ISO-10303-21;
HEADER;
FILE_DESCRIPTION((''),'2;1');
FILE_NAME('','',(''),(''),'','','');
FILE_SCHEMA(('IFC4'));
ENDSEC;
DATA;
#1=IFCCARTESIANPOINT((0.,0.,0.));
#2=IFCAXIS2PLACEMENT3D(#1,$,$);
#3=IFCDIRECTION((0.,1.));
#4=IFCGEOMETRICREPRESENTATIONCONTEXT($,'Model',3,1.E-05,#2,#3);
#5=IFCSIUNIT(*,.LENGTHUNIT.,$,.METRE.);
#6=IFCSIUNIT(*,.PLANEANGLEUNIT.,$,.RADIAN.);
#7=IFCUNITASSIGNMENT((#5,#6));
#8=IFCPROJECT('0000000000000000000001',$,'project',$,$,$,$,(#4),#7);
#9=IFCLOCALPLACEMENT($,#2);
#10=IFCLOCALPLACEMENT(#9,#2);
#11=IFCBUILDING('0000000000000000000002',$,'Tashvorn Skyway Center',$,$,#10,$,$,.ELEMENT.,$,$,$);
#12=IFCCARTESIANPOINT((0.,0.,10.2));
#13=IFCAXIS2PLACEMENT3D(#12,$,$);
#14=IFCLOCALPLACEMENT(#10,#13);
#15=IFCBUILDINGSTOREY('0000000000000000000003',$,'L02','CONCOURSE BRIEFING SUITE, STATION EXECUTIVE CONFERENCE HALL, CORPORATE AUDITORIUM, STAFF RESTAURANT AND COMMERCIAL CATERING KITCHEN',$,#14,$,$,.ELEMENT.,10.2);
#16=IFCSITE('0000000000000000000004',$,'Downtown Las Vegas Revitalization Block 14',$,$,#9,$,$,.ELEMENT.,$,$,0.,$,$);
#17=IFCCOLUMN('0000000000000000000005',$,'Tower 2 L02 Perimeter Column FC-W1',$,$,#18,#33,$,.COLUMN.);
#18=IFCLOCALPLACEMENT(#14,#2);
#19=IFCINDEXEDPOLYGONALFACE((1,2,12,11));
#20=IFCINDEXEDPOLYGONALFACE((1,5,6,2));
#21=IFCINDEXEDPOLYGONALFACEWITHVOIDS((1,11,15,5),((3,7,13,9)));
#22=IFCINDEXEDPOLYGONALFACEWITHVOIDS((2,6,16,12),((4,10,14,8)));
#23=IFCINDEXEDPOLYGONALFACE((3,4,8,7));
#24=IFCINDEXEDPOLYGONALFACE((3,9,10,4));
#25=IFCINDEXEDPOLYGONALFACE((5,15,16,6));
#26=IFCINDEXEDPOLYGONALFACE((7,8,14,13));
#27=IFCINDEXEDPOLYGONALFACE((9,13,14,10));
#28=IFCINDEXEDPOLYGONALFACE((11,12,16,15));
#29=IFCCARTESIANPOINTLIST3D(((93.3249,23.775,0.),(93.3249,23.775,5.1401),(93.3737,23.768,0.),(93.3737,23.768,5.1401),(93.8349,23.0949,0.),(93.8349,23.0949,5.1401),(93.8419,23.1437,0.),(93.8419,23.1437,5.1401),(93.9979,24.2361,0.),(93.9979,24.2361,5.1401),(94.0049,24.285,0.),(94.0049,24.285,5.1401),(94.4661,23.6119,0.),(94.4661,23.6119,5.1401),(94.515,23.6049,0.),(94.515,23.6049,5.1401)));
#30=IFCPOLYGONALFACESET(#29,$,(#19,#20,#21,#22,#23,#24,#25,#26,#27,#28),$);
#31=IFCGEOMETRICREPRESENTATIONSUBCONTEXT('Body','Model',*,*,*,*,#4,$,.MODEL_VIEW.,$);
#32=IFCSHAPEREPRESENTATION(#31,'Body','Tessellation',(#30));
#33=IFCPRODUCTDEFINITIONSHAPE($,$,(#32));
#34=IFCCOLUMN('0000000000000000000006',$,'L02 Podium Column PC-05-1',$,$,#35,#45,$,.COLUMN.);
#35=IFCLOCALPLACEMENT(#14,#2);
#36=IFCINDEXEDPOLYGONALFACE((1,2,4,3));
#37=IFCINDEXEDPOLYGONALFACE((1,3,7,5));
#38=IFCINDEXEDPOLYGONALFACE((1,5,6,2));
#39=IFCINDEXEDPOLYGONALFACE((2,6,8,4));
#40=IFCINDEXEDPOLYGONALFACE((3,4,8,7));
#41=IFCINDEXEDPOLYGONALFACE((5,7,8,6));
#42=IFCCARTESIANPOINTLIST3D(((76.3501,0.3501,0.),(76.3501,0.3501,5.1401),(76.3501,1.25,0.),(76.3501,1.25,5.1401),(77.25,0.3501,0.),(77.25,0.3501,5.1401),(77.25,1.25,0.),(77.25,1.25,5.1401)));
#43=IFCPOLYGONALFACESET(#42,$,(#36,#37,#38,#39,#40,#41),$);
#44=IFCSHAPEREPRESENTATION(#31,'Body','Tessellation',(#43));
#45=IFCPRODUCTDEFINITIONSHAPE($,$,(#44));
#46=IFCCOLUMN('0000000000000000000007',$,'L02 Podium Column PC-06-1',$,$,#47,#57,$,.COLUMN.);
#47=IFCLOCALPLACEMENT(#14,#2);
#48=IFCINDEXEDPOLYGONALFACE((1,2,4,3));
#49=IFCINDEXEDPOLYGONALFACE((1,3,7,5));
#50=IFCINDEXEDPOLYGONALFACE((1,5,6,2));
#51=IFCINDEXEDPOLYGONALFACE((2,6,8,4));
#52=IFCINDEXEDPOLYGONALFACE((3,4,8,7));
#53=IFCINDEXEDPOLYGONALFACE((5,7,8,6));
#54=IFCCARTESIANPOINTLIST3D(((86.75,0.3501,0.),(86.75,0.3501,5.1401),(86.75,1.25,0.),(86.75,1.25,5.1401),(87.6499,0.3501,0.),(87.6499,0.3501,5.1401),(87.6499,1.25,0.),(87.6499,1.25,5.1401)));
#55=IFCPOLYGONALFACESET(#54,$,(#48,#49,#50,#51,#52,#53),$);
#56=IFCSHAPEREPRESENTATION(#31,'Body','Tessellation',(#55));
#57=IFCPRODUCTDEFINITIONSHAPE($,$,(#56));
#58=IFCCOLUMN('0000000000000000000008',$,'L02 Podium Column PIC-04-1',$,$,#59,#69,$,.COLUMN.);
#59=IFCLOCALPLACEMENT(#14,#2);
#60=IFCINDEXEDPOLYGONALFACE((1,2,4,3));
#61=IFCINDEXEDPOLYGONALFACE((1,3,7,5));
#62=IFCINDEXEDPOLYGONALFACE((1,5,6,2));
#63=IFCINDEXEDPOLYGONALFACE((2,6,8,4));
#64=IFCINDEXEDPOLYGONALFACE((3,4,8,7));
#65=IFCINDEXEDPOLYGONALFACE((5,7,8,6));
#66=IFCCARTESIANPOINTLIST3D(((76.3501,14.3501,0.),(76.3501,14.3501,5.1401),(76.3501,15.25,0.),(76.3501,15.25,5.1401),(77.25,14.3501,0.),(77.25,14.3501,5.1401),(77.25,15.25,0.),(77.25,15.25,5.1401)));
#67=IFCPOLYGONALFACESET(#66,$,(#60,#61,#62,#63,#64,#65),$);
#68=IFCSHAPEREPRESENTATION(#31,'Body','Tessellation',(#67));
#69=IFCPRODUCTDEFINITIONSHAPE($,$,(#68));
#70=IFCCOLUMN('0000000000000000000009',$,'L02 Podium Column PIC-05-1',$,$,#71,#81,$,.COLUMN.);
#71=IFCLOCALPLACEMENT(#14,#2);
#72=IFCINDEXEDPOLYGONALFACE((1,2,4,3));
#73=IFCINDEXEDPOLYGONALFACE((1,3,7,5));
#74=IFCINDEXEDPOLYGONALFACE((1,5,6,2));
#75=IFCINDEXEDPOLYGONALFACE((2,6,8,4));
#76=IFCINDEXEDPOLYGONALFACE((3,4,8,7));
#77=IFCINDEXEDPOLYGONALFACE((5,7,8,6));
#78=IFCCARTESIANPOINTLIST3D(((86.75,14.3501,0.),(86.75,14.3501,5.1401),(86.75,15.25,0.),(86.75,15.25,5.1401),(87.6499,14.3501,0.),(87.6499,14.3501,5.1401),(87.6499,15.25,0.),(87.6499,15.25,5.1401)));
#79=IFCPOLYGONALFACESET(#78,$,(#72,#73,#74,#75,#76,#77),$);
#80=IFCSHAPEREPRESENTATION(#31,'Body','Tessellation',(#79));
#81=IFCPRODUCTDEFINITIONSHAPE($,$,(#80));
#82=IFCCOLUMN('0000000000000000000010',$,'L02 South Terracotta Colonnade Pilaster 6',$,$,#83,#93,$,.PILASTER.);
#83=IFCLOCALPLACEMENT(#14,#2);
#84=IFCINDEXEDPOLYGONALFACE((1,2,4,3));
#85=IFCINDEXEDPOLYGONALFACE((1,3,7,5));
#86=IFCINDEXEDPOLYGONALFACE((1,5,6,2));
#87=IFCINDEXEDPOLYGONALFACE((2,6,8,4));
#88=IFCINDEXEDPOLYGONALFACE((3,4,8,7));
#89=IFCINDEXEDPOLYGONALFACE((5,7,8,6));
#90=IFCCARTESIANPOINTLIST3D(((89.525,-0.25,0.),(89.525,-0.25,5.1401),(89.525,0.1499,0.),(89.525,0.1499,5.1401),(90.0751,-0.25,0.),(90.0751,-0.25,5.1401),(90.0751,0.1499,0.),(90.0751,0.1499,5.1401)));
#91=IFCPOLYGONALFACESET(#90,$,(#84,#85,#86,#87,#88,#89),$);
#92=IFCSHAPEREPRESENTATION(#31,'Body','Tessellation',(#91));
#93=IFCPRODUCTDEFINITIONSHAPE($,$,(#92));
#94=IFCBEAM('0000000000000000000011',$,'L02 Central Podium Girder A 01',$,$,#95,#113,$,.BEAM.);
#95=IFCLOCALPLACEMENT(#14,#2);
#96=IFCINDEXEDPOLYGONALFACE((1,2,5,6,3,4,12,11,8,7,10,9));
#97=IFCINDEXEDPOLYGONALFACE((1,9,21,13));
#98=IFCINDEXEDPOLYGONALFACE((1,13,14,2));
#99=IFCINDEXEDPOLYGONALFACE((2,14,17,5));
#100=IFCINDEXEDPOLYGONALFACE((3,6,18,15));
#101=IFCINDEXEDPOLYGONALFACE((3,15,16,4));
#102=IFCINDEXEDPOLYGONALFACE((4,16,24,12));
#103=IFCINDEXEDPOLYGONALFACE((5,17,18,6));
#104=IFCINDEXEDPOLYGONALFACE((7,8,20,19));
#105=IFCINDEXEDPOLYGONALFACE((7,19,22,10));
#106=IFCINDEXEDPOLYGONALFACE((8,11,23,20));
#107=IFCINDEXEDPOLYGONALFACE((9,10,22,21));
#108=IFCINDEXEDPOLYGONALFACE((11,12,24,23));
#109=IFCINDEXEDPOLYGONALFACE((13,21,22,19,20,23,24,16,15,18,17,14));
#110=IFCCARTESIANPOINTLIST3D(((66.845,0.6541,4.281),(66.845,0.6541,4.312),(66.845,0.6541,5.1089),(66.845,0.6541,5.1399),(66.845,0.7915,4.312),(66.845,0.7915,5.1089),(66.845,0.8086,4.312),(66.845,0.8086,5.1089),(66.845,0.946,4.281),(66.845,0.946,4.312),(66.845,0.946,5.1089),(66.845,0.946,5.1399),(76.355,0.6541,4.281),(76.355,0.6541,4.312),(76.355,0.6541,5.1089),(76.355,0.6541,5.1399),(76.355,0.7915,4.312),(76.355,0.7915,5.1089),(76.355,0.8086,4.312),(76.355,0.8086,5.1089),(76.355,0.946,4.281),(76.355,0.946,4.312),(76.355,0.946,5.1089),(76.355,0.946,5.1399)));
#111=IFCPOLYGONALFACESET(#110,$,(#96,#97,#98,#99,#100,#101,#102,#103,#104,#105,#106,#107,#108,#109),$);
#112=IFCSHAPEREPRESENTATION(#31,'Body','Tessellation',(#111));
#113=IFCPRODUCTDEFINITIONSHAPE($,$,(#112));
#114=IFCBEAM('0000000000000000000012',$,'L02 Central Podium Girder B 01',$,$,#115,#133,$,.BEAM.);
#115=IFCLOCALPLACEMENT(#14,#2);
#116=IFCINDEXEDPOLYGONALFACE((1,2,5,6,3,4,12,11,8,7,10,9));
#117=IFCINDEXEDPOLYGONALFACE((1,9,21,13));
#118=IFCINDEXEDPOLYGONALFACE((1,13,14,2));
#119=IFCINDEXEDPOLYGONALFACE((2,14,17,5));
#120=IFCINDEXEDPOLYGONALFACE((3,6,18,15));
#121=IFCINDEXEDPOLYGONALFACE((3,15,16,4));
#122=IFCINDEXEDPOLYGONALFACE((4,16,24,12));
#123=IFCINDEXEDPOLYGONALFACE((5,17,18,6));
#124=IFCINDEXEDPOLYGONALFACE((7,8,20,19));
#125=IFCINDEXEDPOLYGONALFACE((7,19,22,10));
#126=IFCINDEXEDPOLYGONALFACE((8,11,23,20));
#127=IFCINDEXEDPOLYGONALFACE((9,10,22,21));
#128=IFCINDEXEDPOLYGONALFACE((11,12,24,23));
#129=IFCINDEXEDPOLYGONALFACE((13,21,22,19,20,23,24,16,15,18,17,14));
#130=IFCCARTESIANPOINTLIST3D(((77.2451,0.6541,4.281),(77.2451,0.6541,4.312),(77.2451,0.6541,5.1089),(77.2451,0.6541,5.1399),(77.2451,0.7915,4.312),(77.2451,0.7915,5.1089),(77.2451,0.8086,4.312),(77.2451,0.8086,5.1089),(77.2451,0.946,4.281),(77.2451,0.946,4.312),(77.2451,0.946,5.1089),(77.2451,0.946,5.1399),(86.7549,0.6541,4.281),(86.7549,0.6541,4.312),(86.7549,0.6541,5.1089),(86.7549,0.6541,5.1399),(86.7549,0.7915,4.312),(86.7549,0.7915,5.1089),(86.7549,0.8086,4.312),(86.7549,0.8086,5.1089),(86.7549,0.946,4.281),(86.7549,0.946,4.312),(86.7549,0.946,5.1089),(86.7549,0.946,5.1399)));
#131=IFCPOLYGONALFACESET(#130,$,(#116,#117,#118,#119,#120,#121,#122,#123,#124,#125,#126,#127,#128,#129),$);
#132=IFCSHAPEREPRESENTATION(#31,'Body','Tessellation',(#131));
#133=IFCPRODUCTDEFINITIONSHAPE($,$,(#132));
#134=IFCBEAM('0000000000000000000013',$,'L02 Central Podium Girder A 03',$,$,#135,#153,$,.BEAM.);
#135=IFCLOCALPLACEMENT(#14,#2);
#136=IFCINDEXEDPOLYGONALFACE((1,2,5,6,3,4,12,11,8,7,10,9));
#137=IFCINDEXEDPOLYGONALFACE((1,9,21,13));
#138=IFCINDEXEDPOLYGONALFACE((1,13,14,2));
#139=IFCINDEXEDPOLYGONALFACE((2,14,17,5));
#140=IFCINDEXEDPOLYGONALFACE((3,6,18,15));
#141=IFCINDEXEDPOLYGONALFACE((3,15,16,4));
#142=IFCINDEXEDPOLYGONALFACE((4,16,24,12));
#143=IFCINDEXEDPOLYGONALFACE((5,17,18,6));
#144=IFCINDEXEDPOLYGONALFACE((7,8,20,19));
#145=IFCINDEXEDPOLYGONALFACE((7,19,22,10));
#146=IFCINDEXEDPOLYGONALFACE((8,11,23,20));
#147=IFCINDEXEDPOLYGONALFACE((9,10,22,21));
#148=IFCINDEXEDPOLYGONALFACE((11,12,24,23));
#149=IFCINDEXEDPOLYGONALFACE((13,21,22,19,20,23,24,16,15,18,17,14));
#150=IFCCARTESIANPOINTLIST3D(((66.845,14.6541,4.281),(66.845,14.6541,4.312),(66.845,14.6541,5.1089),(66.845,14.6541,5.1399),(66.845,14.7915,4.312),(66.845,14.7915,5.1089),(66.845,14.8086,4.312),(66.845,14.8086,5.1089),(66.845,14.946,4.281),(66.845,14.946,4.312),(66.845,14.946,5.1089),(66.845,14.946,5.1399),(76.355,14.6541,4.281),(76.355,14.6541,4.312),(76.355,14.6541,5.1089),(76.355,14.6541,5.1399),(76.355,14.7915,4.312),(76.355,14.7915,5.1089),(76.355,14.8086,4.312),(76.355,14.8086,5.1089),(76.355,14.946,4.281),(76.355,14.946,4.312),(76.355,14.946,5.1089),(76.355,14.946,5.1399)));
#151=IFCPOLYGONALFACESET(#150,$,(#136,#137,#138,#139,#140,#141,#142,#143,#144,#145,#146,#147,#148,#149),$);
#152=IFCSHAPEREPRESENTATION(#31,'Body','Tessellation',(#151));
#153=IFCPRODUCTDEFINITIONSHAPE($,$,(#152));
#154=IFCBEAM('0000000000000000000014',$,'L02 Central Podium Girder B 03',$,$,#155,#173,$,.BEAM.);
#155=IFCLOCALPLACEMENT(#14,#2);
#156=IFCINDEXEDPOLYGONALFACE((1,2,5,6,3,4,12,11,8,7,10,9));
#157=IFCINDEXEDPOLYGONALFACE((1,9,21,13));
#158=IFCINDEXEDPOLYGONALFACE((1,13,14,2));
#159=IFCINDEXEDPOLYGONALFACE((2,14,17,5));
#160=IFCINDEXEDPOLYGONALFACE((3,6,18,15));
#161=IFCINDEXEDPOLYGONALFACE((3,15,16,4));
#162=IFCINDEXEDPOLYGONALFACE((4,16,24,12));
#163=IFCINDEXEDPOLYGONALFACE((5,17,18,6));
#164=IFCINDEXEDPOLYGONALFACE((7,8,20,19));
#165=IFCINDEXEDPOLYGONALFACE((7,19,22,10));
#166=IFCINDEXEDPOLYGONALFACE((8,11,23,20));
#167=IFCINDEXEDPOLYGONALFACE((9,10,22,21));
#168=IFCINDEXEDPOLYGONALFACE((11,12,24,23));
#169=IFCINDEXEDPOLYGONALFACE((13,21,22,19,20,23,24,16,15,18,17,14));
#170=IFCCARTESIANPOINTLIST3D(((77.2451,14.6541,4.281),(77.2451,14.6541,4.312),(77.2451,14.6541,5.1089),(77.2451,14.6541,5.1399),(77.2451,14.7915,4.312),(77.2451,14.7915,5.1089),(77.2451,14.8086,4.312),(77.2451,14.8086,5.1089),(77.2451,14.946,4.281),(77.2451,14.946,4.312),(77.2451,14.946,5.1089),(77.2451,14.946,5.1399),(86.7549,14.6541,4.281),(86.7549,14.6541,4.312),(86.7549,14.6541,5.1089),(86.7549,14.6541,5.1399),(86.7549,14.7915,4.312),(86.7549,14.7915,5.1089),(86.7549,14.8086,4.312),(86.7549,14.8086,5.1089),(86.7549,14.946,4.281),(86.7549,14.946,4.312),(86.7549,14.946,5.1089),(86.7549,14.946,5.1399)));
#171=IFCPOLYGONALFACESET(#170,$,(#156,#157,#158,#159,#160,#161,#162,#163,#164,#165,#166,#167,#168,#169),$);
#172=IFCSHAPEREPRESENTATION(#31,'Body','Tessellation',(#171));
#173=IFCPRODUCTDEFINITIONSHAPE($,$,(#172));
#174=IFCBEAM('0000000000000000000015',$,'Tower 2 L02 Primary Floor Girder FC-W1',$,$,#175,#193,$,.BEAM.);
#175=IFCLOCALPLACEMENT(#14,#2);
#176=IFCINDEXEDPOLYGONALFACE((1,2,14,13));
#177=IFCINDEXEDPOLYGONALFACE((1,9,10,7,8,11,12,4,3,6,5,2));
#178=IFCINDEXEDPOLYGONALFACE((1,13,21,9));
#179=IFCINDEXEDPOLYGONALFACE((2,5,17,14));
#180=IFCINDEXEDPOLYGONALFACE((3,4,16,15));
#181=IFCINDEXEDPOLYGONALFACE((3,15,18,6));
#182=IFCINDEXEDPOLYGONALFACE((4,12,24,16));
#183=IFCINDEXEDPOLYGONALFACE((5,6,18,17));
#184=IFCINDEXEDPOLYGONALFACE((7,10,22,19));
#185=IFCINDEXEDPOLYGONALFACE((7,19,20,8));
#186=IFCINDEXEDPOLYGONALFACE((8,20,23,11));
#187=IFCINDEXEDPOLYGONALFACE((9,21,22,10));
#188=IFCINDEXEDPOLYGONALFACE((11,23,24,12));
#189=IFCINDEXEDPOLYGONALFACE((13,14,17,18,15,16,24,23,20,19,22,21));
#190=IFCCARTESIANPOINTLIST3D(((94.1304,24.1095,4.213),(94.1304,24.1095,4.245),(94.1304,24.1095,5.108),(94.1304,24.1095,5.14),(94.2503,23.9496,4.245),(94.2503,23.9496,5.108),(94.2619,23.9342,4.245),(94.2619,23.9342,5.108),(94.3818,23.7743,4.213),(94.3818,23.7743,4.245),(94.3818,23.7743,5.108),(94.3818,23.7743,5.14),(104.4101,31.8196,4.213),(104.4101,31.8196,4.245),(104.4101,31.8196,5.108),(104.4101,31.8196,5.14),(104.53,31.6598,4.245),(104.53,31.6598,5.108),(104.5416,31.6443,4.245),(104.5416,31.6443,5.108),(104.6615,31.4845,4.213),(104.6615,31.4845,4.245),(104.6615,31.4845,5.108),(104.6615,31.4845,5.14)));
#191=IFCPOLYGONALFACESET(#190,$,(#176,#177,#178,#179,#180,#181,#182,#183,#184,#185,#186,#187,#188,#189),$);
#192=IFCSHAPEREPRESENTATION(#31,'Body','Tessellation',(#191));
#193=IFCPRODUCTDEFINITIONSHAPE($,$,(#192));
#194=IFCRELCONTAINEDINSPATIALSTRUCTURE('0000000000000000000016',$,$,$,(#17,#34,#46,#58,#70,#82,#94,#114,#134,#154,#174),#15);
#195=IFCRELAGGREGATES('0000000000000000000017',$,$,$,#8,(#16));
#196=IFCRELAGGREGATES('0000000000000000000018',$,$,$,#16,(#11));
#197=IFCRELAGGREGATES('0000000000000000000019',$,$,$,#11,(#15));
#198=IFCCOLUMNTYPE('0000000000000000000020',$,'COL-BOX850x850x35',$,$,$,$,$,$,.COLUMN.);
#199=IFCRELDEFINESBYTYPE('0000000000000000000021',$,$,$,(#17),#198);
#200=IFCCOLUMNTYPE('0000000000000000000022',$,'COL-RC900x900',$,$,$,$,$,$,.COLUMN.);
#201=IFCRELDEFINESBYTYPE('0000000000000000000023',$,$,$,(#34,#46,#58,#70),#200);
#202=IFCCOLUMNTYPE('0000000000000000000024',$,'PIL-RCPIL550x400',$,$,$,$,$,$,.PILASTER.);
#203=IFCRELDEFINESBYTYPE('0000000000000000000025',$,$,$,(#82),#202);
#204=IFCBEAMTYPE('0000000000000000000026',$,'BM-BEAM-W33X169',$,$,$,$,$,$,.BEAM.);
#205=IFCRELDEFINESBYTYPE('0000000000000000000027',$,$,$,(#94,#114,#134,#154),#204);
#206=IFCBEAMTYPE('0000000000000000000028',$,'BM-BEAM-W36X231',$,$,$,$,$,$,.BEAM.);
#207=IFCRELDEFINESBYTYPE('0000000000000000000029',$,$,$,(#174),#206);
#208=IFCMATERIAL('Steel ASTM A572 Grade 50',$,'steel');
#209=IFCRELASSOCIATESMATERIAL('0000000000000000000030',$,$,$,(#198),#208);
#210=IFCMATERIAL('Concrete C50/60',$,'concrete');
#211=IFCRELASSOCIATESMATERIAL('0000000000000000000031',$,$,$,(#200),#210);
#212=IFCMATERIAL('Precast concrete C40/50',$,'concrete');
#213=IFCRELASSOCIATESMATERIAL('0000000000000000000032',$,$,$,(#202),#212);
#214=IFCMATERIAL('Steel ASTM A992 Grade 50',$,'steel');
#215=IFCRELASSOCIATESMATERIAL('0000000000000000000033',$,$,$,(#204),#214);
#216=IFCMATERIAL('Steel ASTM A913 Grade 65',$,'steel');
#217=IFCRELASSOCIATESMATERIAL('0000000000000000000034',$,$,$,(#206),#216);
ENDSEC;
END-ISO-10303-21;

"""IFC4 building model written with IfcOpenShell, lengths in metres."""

from ifc_helpers import new_model, si_unit, direction, frame, origin, origin_2d, place, context, subcontext, project, spatial, rectangle, hollow_rectangle, i_section, extrude, material, material_profile, profile_set, type_object, element, save


model = new_model("IFC4")

# Units and contexts
model_context = context("Model", 3, precision=1e-05, world=origin(), true_north=direction((0.0, 1.0)))
body_context = subcontext(model_context, "Body", "Model", "MODEL_VIEW")
ifc_project = project(units=[si_unit("LENGTHUNIT", "METRE"), si_unit("PLANEANGLEUNIT", "RADIAN")], contexts=[model_context])

# Site, building, storey
site_placement = place(None, origin())
site = spatial("IfcSite", under=ifc_project, at=site_placement, Name="Downtown Las Vegas Revitalization Block 14", CompositionType="ELEMENT", RefElevation=0.0)
building_placement = place(site_placement, origin())
building = spatial("IfcBuilding", under=site, at=building_placement, Name="Tashvorn Skyway Center", CompositionType="ELEMENT")
storey_placement = place(building_placement, frame((0.0, 0.0, 10.2)))
storey = spatial("IfcBuildingStorey", under=building, at=storey_placement, Name="L02", Description="CONCOURSE BRIEFING SUITE, STATION EXECUTIVE CONFERENCE HALL, CORPORATE AUDITORIUM, STAFF RESTAURANT AND COMMERCIAL CATERING KITCHEN", CompositionType="ELEMENT", Elevation=10.2)

# Columns
ifc_material_1 = material(Name="Steel ASTM A572 Grade 50", Category="steel")
ifc_material_profile_1 = material_profile(ifc_material_1, hollow_rectangle(XDim=0.8501, YDim=0.8501, WallThickness=0.0349, at=origin_2d()), Name="BOX850x850x35")
ifc_profile_set_1 = profile_set([ifc_material_profile_1], Name="Steel ASTM A572 Grade 50")
column_type_1 = type_object("IfcColumnType", Name="COL-BOX850x850x35", PredefinedType="COLUMN", material=ifc_profile_set_1)
column_1_placement = place(storey_placement, frame((93.9199, 23.6899, 0.0), z_axis=(0.0, 0.0, 1.0), x_axis=(0.8, 0.6, 0.0)))
element("IfcColumn", 1, at=column_1_placement, inside=storey, type_object=column_type_1, Name="Tower 2 L02 Perimeter Column FC-W1", PredefinedType="COLUMN", context=body_context, shape_type="SweptSolid", body=[
    extrude(hollow_rectangle(XDim=0.8501, YDim=0.8501, WallThickness=0.0349, at=origin_2d()), origin(), (0.0, 0.0, 1.0), 5.1401),
])
ifc_material_2 = material(Name="Concrete C50/60", Category="concrete")
ifc_material_profile_2 = material_profile(ifc_material_2, rectangle(XDim=0.8999, YDim=0.8999, at=origin_2d()), Name="RC900x900")
ifc_profile_set_2 = profile_set([ifc_material_profile_2], Name="Concrete C50/60")
column_type_2 = type_object("IfcColumnType", Name="COL-RC900x900", PredefinedType="COLUMN", material=ifc_profile_set_2)
for number, where, z_axis, x_axis, name in (
    (2, (76.8, 0.8, 0.0), (0.0, 0.0, 1.0), (1.0, 0.0, 0.0), "L02 Podium Column PC-05-1"),
    (3, (87.2, 0.8, 0.0), (0.0, 0.0, 1.0), (1.0, 0.0, 0.0), "L02 Podium Column PC-06-1"),
    (4, (76.8, 14.8, 0.0), (0.0, 0.0, 1.0), (1.0, 0.0, 0.0), "L02 Podium Column PIC-04-1"),
    (5, (87.2, 14.8, 0.0), (0.0, 0.0, 1.0), (1.0, 0.0, 0.0), "L02 Podium Column PIC-05-1"),
):
    element("IfcColumn", number, at=place(storey_placement, frame(where, z_axis=z_axis, x_axis=x_axis)), inside=storey, type_object=column_type_2, Name=name, PredefinedType="COLUMN", context=body_context, shape_type="SweptSolid", body=[
        extrude(rectangle(XDim=0.8999, YDim=0.8999, at=origin_2d()), origin(), (0.0, 0.0, 1.0), 5.1401),
    ])
ifc_material_3 = material(Name="Precast concrete C40/50", Category="concrete")
ifc_material_profile_3 = material_profile(ifc_material_3, rectangle(XDim=0.55, YDim=0.3999, at=origin_2d()), Name="RCPIL550x400")
ifc_profile_set_3 = profile_set([ifc_material_profile_3], Name="Precast concrete C40/50")
column_type_3 = type_object("IfcColumnType", Name="PIL-RCPIL550x400", PredefinedType="PILASTER", material=ifc_profile_set_3)
column_2_placement = place(storey_placement, frame((89.8, -0.05, 0.0), z_axis=(0.0, 0.0, 1.0), x_axis=(1.0, 0.0, 0.0)))
element("IfcColumn", 6, at=column_2_placement, inside=storey, type_object=column_type_3, Name="L02 South Terracotta Colonnade Pilaster 6", PredefinedType="PILASTER", context=body_context, shape_type="SweptSolid", body=[
    extrude(rectangle(XDim=0.55, YDim=0.3999, at=origin_2d()), origin(), (0.0, 0.0, 1.0), 5.1401),
])

# Beams
ifc_material_4 = material(Name="Steel ASTM A992 Grade 50", Category="steel")
ifc_material_profile_4 = material_profile(ifc_material_4, i_section(OverallWidth=0.292, OverallDepth=0.8589, WebThickness=0.0171, FlangeThickness=0.031, at=origin_2d()), Name="W33X169")
ifc_profile_set_4 = profile_set([ifc_material_profile_4], Name="Steel ASTM A992 Grade 50")
beam_type_1 = type_object("IfcBeamType", Name="BM-BEAM-W33X169", PredefinedType="BEAM", material=ifc_profile_set_4)
beam_1_placement = place(storey_placement, frame((66.845, 0.8, 4.7104), z_axis=(1.0, 0.0, 0.0), x_axis=(0.0, 1.0, 0.0)))
element("IfcBeam", 7, at=beam_1_placement, inside=storey, type_object=beam_type_1, Name="L02 Central Podium Girder A 01", PredefinedType="BEAM", context=body_context, shape_type="SweptSolid", body=[
    extrude(i_section(OverallWidth=0.292, OverallDepth=0.8589, WebThickness=0.0171, FlangeThickness=0.031, at=origin_2d()), origin(), (0.0, 0.0, 1.0), 9.51),
])
beam_2_placement = place(storey_placement, frame((77.2451, 0.8, 4.7104), z_axis=(1.0, 0.0, 0.0), x_axis=(0.0, 1.0, 0.0)))
element("IfcBeam", 8, at=beam_2_placement, inside=storey, type_object=beam_type_1, Name="L02 Central Podium Girder B 01", PredefinedType="BEAM", context=body_context, shape_type="SweptSolid", body=[
    extrude(i_section(OverallWidth=0.292, OverallDepth=0.8589, WebThickness=0.0171, FlangeThickness=0.031, at=origin_2d()), origin(), (0.0, 0.0, 1.0), 9.5098),
])
beam_3_placement = place(storey_placement, frame((66.845, 14.8, 4.7104), z_axis=(1.0, 0.0, 0.0), x_axis=(0.0, 1.0, 0.0)))
element("IfcBeam", 9, at=beam_3_placement, inside=storey, type_object=beam_type_1, Name="L02 Central Podium Girder A 03", PredefinedType="BEAM", context=body_context, shape_type="SweptSolid", body=[
    extrude(i_section(OverallWidth=0.292, OverallDepth=0.8589, WebThickness=0.0171, FlangeThickness=0.031, at=origin_2d()), origin(), (0.0, 0.0, 1.0), 9.51),
])
beam_4_placement = place(storey_placement, frame((77.2451, 14.8, 4.7104), z_axis=(1.0, 0.0, 0.0), x_axis=(0.0, 1.0, 0.0)))
element("IfcBeam", 10, at=beam_4_placement, inside=storey, type_object=beam_type_1, Name="L02 Central Podium Girder B 03", PredefinedType="BEAM", context=body_context, shape_type="SweptSolid", body=[
    extrude(i_section(OverallWidth=0.292, OverallDepth=0.8589, WebThickness=0.0171, FlangeThickness=0.031, at=origin_2d()), origin(), (0.0, 0.0, 1.0), 9.5098),
])
ifc_material_5 = material(Name="Steel ASTM A913 Grade 65", Category="steel")
ifc_material_profile_5 = material_profile(ifc_material_5, i_section(OverallWidth=0.4189, OverallDepth=0.927, WebThickness=0.0193, FlangeThickness=0.032, at=origin_2d()), Name="W36X231")
ifc_profile_set_5 = profile_set([ifc_material_profile_5], Name="Steel ASTM A913 Grade 65")
beam_type_2 = type_object("IfcBeamType", Name="BM-BEAM-W36X231", PredefinedType="BEAM", material=ifc_profile_set_5)
beam_5_placement = place(storey_placement, frame((94.2561, 23.9419, 4.6765), z_axis=(0.799986, 0.600018, 0.0), x_axis=(-0.600018, 0.799986, 0.0)))
element("IfcBeam", 11, at=beam_5_placement, inside=storey, type_object=beam_type_2, Name="Tower 2 L02 Primary Floor Girder FC-W1", PredefinedType="BEAM", context=body_context, shape_type="SweptSolid", body=[
    extrude(i_section(OverallWidth=0.4189, OverallDepth=0.927, WebThickness=0.0193, FlangeThickness=0.032, at=origin_2d()), origin(), (0.0, 0.0, 1.0), 12.8499),
])

save(model, "model.ifc")
